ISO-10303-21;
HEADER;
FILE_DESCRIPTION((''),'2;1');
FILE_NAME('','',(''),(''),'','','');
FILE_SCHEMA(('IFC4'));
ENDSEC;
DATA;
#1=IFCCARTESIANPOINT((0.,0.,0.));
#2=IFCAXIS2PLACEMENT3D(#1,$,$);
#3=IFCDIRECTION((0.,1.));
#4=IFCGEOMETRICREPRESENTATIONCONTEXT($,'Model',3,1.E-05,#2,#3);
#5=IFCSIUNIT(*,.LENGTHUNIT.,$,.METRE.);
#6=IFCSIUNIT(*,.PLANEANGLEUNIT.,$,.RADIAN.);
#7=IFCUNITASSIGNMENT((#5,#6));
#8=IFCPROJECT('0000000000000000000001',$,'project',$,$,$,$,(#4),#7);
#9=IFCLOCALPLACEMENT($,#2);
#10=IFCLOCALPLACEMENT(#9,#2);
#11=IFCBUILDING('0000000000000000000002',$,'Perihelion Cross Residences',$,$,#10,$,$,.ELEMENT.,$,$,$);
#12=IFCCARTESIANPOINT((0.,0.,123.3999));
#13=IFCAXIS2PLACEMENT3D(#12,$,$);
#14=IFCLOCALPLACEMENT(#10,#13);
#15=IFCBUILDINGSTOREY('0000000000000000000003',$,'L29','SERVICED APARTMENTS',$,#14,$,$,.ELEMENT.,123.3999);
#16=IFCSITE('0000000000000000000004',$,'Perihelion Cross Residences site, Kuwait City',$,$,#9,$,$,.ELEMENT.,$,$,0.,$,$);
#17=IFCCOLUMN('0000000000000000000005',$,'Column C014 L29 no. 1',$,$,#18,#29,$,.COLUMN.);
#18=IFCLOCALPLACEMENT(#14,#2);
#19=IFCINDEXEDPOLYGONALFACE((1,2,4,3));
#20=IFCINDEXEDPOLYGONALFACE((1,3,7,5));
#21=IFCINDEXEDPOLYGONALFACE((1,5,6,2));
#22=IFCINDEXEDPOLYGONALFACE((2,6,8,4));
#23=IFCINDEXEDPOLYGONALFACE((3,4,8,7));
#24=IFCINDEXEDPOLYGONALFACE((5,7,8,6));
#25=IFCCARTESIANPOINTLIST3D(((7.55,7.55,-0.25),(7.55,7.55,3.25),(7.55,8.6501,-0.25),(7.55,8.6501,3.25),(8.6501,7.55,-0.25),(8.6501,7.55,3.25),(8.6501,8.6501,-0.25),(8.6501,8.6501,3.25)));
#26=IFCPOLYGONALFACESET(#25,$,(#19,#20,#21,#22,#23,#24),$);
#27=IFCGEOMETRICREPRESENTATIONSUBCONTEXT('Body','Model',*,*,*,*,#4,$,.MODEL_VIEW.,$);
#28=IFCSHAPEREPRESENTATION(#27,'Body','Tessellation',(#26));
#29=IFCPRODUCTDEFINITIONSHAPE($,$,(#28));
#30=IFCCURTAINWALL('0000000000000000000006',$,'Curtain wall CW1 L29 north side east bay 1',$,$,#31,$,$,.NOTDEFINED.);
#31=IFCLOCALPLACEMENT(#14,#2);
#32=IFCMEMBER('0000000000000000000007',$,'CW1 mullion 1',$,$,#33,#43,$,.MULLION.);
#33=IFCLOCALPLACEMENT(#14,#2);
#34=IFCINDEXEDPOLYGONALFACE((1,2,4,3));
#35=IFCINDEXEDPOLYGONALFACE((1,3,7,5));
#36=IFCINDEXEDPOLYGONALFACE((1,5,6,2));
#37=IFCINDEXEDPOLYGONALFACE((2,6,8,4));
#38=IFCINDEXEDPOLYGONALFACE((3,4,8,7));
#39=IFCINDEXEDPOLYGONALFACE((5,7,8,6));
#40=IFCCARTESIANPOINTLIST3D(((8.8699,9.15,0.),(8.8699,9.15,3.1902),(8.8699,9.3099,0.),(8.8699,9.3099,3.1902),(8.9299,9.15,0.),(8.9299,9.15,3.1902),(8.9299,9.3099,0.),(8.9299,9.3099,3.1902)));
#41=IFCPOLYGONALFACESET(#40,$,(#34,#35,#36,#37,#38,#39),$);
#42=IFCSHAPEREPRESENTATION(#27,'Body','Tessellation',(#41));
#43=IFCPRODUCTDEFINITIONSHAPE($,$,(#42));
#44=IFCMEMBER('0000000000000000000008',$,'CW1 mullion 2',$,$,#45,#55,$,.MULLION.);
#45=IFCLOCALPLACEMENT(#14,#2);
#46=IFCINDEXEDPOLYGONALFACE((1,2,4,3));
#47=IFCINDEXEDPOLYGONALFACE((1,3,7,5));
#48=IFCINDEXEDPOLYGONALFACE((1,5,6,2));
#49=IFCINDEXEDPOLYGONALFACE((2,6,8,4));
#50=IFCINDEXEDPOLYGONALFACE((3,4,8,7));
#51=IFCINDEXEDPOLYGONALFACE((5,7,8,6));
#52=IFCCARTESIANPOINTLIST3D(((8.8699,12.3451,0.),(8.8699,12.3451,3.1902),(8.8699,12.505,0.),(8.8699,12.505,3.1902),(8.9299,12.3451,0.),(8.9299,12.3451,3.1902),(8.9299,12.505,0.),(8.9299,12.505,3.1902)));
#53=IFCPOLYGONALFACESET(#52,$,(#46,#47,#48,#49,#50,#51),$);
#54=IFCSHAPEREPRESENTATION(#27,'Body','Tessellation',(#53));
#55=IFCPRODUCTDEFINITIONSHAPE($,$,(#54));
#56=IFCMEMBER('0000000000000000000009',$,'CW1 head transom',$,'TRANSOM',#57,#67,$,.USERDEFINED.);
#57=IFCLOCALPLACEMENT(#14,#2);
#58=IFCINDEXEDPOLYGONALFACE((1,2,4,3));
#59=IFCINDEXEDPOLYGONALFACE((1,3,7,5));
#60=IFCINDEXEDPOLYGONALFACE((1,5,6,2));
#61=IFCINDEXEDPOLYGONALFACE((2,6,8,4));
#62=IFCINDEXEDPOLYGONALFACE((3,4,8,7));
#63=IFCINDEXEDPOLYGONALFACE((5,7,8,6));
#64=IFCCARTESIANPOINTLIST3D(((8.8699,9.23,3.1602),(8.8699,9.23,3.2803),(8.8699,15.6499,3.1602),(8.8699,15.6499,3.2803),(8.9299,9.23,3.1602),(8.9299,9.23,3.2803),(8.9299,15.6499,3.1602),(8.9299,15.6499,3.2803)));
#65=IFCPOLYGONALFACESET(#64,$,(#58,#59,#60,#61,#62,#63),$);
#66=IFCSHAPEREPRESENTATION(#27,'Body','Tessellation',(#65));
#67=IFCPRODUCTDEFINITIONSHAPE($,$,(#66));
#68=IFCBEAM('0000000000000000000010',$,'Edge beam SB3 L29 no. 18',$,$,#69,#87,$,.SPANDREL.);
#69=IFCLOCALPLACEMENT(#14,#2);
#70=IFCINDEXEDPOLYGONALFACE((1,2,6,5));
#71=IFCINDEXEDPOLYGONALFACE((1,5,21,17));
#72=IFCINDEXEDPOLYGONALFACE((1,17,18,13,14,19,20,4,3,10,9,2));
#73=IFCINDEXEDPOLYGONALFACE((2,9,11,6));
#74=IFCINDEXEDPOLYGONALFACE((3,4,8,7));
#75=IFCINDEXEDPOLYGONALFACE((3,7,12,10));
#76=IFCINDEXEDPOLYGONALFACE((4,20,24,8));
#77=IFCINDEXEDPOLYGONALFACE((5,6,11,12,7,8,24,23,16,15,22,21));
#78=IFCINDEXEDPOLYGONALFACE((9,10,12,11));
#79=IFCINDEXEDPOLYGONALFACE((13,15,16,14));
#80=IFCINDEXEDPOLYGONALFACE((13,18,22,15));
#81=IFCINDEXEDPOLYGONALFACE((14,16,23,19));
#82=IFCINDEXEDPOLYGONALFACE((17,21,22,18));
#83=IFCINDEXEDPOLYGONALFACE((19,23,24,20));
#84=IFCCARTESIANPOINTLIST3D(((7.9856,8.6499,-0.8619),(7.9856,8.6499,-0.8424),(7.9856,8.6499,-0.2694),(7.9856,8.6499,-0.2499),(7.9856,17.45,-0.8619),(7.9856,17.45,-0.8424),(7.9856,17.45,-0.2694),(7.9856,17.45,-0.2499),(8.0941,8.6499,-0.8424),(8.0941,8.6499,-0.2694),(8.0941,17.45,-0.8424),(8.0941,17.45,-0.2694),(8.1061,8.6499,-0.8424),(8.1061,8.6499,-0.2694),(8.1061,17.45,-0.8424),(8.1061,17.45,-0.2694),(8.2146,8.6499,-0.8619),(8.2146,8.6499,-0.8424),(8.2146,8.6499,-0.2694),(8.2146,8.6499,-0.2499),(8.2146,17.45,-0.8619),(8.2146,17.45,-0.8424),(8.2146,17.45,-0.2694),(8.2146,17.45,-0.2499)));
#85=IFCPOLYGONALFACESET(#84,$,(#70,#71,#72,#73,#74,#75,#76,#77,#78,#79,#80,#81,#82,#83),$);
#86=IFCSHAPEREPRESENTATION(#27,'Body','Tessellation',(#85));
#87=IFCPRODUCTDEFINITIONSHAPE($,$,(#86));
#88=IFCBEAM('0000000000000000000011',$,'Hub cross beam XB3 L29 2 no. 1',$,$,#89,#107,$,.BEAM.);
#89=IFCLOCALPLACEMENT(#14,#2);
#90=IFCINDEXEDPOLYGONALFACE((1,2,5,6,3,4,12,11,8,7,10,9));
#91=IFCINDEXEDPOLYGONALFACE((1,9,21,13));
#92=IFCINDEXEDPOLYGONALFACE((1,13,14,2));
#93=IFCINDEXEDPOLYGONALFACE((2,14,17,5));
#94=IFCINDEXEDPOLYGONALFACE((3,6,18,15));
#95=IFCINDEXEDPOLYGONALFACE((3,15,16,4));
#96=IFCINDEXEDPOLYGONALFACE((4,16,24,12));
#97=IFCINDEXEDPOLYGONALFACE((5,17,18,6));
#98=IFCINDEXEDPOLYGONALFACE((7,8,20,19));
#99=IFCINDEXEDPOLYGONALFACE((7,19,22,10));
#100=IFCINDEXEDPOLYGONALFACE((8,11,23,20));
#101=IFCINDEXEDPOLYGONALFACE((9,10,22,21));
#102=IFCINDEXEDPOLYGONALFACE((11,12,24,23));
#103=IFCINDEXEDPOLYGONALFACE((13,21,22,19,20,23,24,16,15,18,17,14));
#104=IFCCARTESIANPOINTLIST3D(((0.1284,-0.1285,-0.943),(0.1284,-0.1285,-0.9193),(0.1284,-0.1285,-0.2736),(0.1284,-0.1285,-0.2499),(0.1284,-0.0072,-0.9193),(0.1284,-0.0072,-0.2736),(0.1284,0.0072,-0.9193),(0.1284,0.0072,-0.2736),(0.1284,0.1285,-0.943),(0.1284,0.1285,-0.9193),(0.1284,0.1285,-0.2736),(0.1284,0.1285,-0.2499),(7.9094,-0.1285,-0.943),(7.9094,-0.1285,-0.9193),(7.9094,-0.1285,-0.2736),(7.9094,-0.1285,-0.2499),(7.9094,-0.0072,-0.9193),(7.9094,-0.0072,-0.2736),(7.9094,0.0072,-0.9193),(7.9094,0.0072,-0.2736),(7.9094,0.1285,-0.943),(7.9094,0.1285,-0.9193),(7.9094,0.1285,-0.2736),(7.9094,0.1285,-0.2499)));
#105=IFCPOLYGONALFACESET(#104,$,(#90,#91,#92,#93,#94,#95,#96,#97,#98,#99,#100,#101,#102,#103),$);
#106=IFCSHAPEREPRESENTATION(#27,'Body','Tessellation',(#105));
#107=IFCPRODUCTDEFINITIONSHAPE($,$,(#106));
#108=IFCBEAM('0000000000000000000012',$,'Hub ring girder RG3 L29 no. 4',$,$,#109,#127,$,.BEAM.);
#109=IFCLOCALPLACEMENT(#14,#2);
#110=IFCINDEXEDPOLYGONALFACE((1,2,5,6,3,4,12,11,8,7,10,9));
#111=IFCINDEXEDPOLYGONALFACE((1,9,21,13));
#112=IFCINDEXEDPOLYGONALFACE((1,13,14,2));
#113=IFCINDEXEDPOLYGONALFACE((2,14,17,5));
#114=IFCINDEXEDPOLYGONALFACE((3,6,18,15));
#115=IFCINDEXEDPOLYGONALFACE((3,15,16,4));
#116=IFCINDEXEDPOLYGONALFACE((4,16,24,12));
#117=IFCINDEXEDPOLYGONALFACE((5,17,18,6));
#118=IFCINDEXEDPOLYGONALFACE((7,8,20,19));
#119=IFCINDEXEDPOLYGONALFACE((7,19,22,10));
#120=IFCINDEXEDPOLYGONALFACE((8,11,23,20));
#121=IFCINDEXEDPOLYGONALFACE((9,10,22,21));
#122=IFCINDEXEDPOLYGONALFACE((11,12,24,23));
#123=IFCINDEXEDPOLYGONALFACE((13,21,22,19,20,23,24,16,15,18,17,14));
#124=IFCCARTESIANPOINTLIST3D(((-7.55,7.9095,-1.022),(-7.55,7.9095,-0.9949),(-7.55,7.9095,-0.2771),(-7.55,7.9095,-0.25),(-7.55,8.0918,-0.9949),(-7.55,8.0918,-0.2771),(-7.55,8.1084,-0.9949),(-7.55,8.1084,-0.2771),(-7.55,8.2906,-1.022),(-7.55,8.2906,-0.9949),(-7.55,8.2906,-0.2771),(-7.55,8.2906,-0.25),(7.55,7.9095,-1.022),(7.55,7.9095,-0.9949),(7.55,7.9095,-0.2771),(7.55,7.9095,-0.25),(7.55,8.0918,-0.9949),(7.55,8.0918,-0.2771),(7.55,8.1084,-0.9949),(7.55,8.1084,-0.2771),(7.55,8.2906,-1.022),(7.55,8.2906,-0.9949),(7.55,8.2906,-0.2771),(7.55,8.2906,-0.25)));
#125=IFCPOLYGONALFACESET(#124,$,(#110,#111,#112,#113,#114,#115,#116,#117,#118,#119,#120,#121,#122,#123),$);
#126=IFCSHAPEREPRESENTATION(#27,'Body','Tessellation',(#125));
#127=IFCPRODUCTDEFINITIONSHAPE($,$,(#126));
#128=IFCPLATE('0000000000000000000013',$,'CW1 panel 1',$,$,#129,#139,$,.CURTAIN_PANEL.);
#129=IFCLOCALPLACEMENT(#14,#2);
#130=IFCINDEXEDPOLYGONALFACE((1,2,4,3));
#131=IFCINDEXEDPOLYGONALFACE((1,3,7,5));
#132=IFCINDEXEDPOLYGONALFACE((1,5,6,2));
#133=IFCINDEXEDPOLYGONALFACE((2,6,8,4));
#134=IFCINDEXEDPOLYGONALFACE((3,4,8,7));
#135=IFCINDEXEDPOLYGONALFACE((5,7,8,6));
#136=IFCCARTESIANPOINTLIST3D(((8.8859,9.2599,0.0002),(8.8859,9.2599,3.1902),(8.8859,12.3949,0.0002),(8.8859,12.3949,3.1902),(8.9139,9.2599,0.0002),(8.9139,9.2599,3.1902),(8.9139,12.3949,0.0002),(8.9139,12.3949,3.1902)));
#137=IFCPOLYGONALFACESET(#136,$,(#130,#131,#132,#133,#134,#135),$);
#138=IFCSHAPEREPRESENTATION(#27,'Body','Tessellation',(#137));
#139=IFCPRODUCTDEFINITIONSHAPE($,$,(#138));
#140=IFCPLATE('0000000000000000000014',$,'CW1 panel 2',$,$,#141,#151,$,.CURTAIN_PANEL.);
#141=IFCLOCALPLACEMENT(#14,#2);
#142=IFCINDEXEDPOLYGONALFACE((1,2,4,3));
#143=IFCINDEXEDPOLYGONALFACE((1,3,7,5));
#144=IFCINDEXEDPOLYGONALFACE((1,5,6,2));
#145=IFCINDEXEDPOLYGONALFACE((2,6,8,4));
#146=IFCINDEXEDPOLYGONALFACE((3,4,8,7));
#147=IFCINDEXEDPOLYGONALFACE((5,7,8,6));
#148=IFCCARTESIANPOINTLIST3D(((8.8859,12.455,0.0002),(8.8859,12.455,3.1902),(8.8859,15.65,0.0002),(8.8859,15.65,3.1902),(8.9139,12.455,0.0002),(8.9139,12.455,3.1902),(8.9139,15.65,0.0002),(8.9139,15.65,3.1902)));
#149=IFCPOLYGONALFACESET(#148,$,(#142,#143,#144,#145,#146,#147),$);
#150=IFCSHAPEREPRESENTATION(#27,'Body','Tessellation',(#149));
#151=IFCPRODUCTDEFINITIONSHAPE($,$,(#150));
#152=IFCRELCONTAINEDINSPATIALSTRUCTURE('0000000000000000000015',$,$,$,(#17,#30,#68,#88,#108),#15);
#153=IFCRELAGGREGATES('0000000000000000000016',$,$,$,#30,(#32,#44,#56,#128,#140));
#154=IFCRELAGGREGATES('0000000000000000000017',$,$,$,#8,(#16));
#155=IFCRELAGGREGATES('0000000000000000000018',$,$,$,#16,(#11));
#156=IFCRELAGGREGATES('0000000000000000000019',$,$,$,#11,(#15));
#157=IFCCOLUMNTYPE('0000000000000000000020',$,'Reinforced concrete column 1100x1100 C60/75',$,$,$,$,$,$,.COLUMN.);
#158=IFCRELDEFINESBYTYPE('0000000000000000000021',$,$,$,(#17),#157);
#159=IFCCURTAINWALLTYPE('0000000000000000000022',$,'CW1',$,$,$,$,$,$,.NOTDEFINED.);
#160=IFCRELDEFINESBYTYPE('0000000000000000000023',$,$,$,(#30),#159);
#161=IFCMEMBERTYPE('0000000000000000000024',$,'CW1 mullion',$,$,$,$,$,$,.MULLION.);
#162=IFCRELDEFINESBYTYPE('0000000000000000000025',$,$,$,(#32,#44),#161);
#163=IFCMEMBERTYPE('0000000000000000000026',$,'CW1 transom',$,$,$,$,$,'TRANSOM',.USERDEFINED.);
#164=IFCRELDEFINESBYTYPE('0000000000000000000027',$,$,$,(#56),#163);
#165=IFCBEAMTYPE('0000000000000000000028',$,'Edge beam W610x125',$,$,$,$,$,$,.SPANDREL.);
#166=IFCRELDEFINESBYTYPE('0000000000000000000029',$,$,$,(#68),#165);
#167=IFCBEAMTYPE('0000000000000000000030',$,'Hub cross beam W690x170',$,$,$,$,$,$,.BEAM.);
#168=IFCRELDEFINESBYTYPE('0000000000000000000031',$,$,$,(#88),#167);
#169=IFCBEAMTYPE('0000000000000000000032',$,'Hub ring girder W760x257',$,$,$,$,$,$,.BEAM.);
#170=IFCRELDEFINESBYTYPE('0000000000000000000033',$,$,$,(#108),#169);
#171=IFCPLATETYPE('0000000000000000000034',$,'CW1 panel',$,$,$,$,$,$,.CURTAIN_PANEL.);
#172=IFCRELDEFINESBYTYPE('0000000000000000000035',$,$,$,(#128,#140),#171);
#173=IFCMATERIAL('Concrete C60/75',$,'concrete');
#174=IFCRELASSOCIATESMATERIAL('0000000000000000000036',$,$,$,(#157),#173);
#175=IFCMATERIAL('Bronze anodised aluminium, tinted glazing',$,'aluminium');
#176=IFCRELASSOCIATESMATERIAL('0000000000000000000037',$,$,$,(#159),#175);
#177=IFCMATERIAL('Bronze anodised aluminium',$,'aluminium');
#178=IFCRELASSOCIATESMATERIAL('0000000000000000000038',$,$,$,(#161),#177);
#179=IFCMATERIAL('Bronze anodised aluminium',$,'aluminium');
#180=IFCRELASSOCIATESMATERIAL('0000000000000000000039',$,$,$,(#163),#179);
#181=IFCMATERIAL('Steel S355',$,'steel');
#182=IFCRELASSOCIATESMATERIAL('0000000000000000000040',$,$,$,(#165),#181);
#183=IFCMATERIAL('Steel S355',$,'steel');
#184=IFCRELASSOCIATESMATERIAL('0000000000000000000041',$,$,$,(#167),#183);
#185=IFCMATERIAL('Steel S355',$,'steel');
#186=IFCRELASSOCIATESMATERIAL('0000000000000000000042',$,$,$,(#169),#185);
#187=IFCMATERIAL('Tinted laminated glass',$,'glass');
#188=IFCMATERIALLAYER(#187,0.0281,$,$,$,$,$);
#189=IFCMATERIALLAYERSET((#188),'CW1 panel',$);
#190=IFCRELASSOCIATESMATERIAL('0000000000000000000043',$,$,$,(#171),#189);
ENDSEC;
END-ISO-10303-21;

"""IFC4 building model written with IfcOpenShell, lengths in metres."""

from ifc_helpers import new_model, si_unit, direction, frame, origin, origin_2d, place, context, subcontext, project, spatial, rectangle, i_section, extrude, material, layer, layer_set, material_profile, profile_set, type_object, element, aggregate, save


model = new_model("IFC4")

# Units and contexts
model_context = context("Model", 3, precision=1e-05, world=origin(), true_north=direction((0.0, 1.0)))
body_context = subcontext(model_context, "Body", "Model", "MODEL_VIEW")
ifc_project = project(units=[si_unit("LENGTHUNIT", "METRE"), si_unit("PLANEANGLEUNIT", "RADIAN")], contexts=[model_context])

# Site, building, storey
site_placement = place(None, origin())
site = spatial("IfcSite", under=ifc_project, at=site_placement, Name="Perihelion Cross Residences site, Kuwait City", CompositionType="ELEMENT", RefElevation=0.0)
building_placement = place(site_placement, origin())
building = spatial("IfcBuilding", under=site, at=building_placement, Name="Perihelion Cross Residences", CompositionType="ELEMENT")
storey_placement = place(building_placement, frame((0.0, 0.0, 123.3999)))
storey = spatial("IfcBuildingStorey", under=building, at=storey_placement, Name="L29", Description="SERVICED APARTMENTS", CompositionType="ELEMENT", Elevation=123.3999)

# Column
ifc_material_1 = material(Name="Concrete C60/75", Category="concrete")
ifc_material_profile_1 = material_profile(ifc_material_1, rectangle(XDim=1.1001, YDim=1.1001, at=origin_2d()), Name="RC 1100x1100")
ifc_profile_set_1 = profile_set([ifc_material_profile_1], Name="Concrete C60/75")
column_type = type_object("IfcColumnType", Name="Reinforced concrete column 1100x1100 C60/75", PredefinedType="COLUMN", material=ifc_profile_set_1)
column_placement = place(storey_placement, frame((8.1001, 8.1001, -0.25), z_axis=(0.0, 0.0, 1.0), x_axis=(1.0, 0.0, 0.0)))
element("IfcColumn", 1, at=column_placement, inside=storey, type_object=column_type, Name="Column C014 L29 no. 1", PredefinedType="COLUMN", context=body_context, shape_type="SweptSolid", body=[
    extrude(rectangle(XDim=1.1001, YDim=1.1001, at=origin_2d()), origin(), (0.0, 0.0, 1.0), 3.5),
])

# Curtain wall, members
ifc_material_2 = material(Name="Bronze anodised aluminium, tinted glazing", Category="aluminium")
curtain_wall_type = type_object("IfcCurtainWallType", Name="CW1", PredefinedType="NOTDEFINED", material=ifc_material_2)
curtain_wall_placement = place(storey_placement, origin())
curtain_wall = element("IfcCurtainWall", 2, at=curtain_wall_placement, inside=storey, type_object=curtain_wall_type, Name="Curtain wall CW1 L29 north side east bay 1", PredefinedType="NOTDEFINED")
ifc_material_3 = material(Name="Bronze anodised aluminium", Category="aluminium")
ifc_material_profile_2 = material_profile(ifc_material_3, rectangle(XDim=0.0601, YDim=0.1599, at=origin_2d()), Name="CW1 mullion")
ifc_profile_set_2 = profile_set([ifc_material_profile_2], Name="Bronze anodised aluminium")
member_type_1 = type_object("IfcMemberType", Name="CW1 mullion", PredefinedType="MULLION", material=ifc_profile_set_2)
member_1_placement = place(storey_placement, frame((8.8999, 9.23, 0.0), z_axis=(0.0, 0.0, 1.0), x_axis=(-1.0, 0.0, 0.0)))
member_1 = element("IfcMember", 3, at=member_1_placement, type_object=member_type_1, Name="CW1 mullion 1", PredefinedType="MULLION", context=body_context, shape_type="SweptSolid", body=[
    extrude(rectangle(XDim=0.0601, YDim=0.1599, at=origin_2d()), origin(), (0.0, 0.0, 1.0), 3.1902),
])
member_2_placement = place(storey_placement, frame((8.8999, 12.425, 0.0), z_axis=(0.0, 0.0, 1.0), x_axis=(-1.0, 0.0, 0.0)))
member_2 = element("IfcMember", 4, at=member_2_placement, type_object=member_type_1, Name="CW1 mullion 2", PredefinedType="MULLION", context=body_context, shape_type="SweptSolid", body=[
    extrude(rectangle(XDim=0.0601, YDim=0.1599, at=origin_2d()), origin(), (0.0, 0.0, 1.0), 3.1902),
])
ifc_material_4 = material(Name="Bronze anodised aluminium", Category="aluminium")
ifc_material_profile_3 = material_profile(ifc_material_4, rectangle(XDim=0.0601, YDim=0.1201, at=origin_2d()), Name="CW1 transom")
ifc_profile_set_3 = profile_set([ifc_material_profile_3], Name="Bronze anodised aluminium")
member_type_2 = type_object("IfcMemberType", Name="CW1 transom", ElementType="TRANSOM", PredefinedType="USERDEFINED", material=ifc_profile_set_3)
member_3_placement = place(storey_placement, frame((8.8999, 9.23, 3.2202), z_axis=(0.0, 1.0, 0.0), x_axis=(-1.0, 0.0, 0.0)))
member_3 = element("IfcMember", 5, at=member_3_placement, type_object=member_type_2, Name="CW1 head transom", ObjectType="TRANSOM", PredefinedType="USERDEFINED", context=body_context, shape_type="SweptSolid", body=[
    extrude(rectangle(XDim=0.0601, YDim=0.1201, at=origin_2d()), origin(), (0.0, 0.0, 1.0), 6.4199),
])

# Beams
ifc_material_5 = material(Name="Steel S355", Category="steel")
ifc_material_profile_4 = material_profile(ifc_material_5, i_section(OverallWidth=0.229, OverallDepth=0.6121, WebThickness=0.012, FlangeThickness=0.0195, at=origin_2d()), Name="W610x125")
ifc_profile_set_4 = profile_set([ifc_material_profile_4], Name="Steel S355")
beam_type_1 = type_object("IfcBeamType", Name="Edge beam W610x125", PredefinedType="SPANDREL", material=ifc_profile_set_4)
beam_1_placement = place(storey_placement, frame((8.1001, 8.6499, -0.5559), z_axis=(0.0, 1.0, 0.0), x_axis=(-1.0, 0.0, 0.0)))
element("IfcBeam", 6, at=beam_1_placement, inside=storey, type_object=beam_type_1, Name="Edge beam SB3 L29 no. 18", PredefinedType="SPANDREL", context=body_context, shape_type="SweptSolid", body=[
    extrude(i_section(OverallWidth=0.229, OverallDepth=0.6121, WebThickness=0.012, FlangeThickness=0.0195, at=origin_2d()), origin(), (0.0, 0.0, 1.0), 8.8),
])
ifc_material_6 = material(Name="Steel S355", Category="steel")
ifc_material_profile_5 = material_profile(ifc_material_6, i_section(OverallWidth=0.2571, OverallDepth=0.6931, WebThickness=0.0144, FlangeThickness=0.0237, at=origin_2d()), Name="W690x170")
ifc_profile_set_5 = profile_set([ifc_material_profile_5], Name="Steel S355")
beam_type_2 = type_object("IfcBeamType", Name="Hub cross beam W690x170", PredefinedType="BEAM", material=ifc_profile_set_5)
beam_2_placement = place(storey_placement, frame((0.1284, 0.0, -0.5964), z_axis=(1.0, 0.0, 0.0), x_axis=(0.0, 1.0, 0.0)))
element("IfcBeam", 7, at=beam_2_placement, inside=storey, type_object=beam_type_2, Name="Hub cross beam XB3 L29 2 no. 1", PredefinedType="BEAM", context=body_context, shape_type="SweptSolid", body=[
    extrude(i_section(OverallWidth=0.2571, OverallDepth=0.6931, WebThickness=0.0144, FlangeThickness=0.0237, at=origin_2d()), origin(), (0.0, 0.0, 1.0), 7.781),
])
ifc_material_7 = material(Name="Steel S355", Category="steel")
ifc_material_profile_6 = material_profile(ifc_material_7, i_section(OverallWidth=0.3811, OverallDepth=0.772, WebThickness=0.0166, FlangeThickness=0.0271, at=origin_2d()), Name="W760x257")
ifc_profile_set_6 = profile_set([ifc_material_profile_6], Name="Steel S355")
beam_type_3 = type_object("IfcBeamType", Name="Hub ring girder W760x257", PredefinedType="BEAM", material=ifc_profile_set_6)
beam_3_placement = place(storey_placement, frame((7.55, 8.1001, -0.636), z_axis=(-1.0, 0.0, 0.0), x_axis=(0.0, -1.0, 0.0)))
element("IfcBeam", 8, at=beam_3_placement, inside=storey, type_object=beam_type_3, Name="Hub ring girder RG3 L29 no. 4", PredefinedType="BEAM", context=body_context, shape_type="SweptSolid", body=[
    extrude(i_section(OverallWidth=0.3811, OverallDepth=0.772, WebThickness=0.0166, FlangeThickness=0.0271, at=origin_2d()), origin(), (0.0, 0.0, 1.0), 15.1001),
])

# Plates
ifc_material_8 = material(Name="Tinted laminated glass", Category="glass")
ifc_layer_1 = layer(ifc_material_8, 0.0281)
ifc_layer_set_1 = layer_set([ifc_layer_1], Name="CW1 panel")
plate_type = type_object("IfcPlateType", Name="CW1 panel", PredefinedType="CURTAIN_PANEL", material=ifc_layer_set_1)
plate_1_placement = place(storey_placement, frame((8.8999, 10.8274, 0.0002), z_axis=(0.0, 0.0, 1.0), x_axis=(0.0, 1.0, 0.0)))
plate_1 = element("IfcPlate", 9, at=plate_1_placement, type_object=plate_type, Name="CW1 panel 1", PredefinedType="CURTAIN_PANEL", context=body_context, shape_type="SweptSolid", body=[
    extrude(rectangle(XDim=3.135, YDim=0.0281, at=origin_2d()), origin(), (0.0, 0.0, 1.0), 3.1899),
])
plate_2_placement = place(storey_placement, frame((8.8999, 14.0525, 0.0002), z_axis=(0.0, 0.0, 1.0), x_axis=(0.0, 1.0, 0.0)))
plate_2 = element("IfcPlate", 10, at=plate_2_placement, type_object=plate_type, Name="CW1 panel 2", PredefinedType="CURTAIN_PANEL", context=body_context, shape_type="SweptSolid", body=[
    extrude(rectangle(XDim=3.1951, YDim=0.0281, at=origin_2d()), origin(), (0.0, 0.0, 1.0), 3.1899),
])
aggregate(curtain_wall, [member_1, member_2, member_3, plate_1, plate_2])

save(model, "model.ifc")
